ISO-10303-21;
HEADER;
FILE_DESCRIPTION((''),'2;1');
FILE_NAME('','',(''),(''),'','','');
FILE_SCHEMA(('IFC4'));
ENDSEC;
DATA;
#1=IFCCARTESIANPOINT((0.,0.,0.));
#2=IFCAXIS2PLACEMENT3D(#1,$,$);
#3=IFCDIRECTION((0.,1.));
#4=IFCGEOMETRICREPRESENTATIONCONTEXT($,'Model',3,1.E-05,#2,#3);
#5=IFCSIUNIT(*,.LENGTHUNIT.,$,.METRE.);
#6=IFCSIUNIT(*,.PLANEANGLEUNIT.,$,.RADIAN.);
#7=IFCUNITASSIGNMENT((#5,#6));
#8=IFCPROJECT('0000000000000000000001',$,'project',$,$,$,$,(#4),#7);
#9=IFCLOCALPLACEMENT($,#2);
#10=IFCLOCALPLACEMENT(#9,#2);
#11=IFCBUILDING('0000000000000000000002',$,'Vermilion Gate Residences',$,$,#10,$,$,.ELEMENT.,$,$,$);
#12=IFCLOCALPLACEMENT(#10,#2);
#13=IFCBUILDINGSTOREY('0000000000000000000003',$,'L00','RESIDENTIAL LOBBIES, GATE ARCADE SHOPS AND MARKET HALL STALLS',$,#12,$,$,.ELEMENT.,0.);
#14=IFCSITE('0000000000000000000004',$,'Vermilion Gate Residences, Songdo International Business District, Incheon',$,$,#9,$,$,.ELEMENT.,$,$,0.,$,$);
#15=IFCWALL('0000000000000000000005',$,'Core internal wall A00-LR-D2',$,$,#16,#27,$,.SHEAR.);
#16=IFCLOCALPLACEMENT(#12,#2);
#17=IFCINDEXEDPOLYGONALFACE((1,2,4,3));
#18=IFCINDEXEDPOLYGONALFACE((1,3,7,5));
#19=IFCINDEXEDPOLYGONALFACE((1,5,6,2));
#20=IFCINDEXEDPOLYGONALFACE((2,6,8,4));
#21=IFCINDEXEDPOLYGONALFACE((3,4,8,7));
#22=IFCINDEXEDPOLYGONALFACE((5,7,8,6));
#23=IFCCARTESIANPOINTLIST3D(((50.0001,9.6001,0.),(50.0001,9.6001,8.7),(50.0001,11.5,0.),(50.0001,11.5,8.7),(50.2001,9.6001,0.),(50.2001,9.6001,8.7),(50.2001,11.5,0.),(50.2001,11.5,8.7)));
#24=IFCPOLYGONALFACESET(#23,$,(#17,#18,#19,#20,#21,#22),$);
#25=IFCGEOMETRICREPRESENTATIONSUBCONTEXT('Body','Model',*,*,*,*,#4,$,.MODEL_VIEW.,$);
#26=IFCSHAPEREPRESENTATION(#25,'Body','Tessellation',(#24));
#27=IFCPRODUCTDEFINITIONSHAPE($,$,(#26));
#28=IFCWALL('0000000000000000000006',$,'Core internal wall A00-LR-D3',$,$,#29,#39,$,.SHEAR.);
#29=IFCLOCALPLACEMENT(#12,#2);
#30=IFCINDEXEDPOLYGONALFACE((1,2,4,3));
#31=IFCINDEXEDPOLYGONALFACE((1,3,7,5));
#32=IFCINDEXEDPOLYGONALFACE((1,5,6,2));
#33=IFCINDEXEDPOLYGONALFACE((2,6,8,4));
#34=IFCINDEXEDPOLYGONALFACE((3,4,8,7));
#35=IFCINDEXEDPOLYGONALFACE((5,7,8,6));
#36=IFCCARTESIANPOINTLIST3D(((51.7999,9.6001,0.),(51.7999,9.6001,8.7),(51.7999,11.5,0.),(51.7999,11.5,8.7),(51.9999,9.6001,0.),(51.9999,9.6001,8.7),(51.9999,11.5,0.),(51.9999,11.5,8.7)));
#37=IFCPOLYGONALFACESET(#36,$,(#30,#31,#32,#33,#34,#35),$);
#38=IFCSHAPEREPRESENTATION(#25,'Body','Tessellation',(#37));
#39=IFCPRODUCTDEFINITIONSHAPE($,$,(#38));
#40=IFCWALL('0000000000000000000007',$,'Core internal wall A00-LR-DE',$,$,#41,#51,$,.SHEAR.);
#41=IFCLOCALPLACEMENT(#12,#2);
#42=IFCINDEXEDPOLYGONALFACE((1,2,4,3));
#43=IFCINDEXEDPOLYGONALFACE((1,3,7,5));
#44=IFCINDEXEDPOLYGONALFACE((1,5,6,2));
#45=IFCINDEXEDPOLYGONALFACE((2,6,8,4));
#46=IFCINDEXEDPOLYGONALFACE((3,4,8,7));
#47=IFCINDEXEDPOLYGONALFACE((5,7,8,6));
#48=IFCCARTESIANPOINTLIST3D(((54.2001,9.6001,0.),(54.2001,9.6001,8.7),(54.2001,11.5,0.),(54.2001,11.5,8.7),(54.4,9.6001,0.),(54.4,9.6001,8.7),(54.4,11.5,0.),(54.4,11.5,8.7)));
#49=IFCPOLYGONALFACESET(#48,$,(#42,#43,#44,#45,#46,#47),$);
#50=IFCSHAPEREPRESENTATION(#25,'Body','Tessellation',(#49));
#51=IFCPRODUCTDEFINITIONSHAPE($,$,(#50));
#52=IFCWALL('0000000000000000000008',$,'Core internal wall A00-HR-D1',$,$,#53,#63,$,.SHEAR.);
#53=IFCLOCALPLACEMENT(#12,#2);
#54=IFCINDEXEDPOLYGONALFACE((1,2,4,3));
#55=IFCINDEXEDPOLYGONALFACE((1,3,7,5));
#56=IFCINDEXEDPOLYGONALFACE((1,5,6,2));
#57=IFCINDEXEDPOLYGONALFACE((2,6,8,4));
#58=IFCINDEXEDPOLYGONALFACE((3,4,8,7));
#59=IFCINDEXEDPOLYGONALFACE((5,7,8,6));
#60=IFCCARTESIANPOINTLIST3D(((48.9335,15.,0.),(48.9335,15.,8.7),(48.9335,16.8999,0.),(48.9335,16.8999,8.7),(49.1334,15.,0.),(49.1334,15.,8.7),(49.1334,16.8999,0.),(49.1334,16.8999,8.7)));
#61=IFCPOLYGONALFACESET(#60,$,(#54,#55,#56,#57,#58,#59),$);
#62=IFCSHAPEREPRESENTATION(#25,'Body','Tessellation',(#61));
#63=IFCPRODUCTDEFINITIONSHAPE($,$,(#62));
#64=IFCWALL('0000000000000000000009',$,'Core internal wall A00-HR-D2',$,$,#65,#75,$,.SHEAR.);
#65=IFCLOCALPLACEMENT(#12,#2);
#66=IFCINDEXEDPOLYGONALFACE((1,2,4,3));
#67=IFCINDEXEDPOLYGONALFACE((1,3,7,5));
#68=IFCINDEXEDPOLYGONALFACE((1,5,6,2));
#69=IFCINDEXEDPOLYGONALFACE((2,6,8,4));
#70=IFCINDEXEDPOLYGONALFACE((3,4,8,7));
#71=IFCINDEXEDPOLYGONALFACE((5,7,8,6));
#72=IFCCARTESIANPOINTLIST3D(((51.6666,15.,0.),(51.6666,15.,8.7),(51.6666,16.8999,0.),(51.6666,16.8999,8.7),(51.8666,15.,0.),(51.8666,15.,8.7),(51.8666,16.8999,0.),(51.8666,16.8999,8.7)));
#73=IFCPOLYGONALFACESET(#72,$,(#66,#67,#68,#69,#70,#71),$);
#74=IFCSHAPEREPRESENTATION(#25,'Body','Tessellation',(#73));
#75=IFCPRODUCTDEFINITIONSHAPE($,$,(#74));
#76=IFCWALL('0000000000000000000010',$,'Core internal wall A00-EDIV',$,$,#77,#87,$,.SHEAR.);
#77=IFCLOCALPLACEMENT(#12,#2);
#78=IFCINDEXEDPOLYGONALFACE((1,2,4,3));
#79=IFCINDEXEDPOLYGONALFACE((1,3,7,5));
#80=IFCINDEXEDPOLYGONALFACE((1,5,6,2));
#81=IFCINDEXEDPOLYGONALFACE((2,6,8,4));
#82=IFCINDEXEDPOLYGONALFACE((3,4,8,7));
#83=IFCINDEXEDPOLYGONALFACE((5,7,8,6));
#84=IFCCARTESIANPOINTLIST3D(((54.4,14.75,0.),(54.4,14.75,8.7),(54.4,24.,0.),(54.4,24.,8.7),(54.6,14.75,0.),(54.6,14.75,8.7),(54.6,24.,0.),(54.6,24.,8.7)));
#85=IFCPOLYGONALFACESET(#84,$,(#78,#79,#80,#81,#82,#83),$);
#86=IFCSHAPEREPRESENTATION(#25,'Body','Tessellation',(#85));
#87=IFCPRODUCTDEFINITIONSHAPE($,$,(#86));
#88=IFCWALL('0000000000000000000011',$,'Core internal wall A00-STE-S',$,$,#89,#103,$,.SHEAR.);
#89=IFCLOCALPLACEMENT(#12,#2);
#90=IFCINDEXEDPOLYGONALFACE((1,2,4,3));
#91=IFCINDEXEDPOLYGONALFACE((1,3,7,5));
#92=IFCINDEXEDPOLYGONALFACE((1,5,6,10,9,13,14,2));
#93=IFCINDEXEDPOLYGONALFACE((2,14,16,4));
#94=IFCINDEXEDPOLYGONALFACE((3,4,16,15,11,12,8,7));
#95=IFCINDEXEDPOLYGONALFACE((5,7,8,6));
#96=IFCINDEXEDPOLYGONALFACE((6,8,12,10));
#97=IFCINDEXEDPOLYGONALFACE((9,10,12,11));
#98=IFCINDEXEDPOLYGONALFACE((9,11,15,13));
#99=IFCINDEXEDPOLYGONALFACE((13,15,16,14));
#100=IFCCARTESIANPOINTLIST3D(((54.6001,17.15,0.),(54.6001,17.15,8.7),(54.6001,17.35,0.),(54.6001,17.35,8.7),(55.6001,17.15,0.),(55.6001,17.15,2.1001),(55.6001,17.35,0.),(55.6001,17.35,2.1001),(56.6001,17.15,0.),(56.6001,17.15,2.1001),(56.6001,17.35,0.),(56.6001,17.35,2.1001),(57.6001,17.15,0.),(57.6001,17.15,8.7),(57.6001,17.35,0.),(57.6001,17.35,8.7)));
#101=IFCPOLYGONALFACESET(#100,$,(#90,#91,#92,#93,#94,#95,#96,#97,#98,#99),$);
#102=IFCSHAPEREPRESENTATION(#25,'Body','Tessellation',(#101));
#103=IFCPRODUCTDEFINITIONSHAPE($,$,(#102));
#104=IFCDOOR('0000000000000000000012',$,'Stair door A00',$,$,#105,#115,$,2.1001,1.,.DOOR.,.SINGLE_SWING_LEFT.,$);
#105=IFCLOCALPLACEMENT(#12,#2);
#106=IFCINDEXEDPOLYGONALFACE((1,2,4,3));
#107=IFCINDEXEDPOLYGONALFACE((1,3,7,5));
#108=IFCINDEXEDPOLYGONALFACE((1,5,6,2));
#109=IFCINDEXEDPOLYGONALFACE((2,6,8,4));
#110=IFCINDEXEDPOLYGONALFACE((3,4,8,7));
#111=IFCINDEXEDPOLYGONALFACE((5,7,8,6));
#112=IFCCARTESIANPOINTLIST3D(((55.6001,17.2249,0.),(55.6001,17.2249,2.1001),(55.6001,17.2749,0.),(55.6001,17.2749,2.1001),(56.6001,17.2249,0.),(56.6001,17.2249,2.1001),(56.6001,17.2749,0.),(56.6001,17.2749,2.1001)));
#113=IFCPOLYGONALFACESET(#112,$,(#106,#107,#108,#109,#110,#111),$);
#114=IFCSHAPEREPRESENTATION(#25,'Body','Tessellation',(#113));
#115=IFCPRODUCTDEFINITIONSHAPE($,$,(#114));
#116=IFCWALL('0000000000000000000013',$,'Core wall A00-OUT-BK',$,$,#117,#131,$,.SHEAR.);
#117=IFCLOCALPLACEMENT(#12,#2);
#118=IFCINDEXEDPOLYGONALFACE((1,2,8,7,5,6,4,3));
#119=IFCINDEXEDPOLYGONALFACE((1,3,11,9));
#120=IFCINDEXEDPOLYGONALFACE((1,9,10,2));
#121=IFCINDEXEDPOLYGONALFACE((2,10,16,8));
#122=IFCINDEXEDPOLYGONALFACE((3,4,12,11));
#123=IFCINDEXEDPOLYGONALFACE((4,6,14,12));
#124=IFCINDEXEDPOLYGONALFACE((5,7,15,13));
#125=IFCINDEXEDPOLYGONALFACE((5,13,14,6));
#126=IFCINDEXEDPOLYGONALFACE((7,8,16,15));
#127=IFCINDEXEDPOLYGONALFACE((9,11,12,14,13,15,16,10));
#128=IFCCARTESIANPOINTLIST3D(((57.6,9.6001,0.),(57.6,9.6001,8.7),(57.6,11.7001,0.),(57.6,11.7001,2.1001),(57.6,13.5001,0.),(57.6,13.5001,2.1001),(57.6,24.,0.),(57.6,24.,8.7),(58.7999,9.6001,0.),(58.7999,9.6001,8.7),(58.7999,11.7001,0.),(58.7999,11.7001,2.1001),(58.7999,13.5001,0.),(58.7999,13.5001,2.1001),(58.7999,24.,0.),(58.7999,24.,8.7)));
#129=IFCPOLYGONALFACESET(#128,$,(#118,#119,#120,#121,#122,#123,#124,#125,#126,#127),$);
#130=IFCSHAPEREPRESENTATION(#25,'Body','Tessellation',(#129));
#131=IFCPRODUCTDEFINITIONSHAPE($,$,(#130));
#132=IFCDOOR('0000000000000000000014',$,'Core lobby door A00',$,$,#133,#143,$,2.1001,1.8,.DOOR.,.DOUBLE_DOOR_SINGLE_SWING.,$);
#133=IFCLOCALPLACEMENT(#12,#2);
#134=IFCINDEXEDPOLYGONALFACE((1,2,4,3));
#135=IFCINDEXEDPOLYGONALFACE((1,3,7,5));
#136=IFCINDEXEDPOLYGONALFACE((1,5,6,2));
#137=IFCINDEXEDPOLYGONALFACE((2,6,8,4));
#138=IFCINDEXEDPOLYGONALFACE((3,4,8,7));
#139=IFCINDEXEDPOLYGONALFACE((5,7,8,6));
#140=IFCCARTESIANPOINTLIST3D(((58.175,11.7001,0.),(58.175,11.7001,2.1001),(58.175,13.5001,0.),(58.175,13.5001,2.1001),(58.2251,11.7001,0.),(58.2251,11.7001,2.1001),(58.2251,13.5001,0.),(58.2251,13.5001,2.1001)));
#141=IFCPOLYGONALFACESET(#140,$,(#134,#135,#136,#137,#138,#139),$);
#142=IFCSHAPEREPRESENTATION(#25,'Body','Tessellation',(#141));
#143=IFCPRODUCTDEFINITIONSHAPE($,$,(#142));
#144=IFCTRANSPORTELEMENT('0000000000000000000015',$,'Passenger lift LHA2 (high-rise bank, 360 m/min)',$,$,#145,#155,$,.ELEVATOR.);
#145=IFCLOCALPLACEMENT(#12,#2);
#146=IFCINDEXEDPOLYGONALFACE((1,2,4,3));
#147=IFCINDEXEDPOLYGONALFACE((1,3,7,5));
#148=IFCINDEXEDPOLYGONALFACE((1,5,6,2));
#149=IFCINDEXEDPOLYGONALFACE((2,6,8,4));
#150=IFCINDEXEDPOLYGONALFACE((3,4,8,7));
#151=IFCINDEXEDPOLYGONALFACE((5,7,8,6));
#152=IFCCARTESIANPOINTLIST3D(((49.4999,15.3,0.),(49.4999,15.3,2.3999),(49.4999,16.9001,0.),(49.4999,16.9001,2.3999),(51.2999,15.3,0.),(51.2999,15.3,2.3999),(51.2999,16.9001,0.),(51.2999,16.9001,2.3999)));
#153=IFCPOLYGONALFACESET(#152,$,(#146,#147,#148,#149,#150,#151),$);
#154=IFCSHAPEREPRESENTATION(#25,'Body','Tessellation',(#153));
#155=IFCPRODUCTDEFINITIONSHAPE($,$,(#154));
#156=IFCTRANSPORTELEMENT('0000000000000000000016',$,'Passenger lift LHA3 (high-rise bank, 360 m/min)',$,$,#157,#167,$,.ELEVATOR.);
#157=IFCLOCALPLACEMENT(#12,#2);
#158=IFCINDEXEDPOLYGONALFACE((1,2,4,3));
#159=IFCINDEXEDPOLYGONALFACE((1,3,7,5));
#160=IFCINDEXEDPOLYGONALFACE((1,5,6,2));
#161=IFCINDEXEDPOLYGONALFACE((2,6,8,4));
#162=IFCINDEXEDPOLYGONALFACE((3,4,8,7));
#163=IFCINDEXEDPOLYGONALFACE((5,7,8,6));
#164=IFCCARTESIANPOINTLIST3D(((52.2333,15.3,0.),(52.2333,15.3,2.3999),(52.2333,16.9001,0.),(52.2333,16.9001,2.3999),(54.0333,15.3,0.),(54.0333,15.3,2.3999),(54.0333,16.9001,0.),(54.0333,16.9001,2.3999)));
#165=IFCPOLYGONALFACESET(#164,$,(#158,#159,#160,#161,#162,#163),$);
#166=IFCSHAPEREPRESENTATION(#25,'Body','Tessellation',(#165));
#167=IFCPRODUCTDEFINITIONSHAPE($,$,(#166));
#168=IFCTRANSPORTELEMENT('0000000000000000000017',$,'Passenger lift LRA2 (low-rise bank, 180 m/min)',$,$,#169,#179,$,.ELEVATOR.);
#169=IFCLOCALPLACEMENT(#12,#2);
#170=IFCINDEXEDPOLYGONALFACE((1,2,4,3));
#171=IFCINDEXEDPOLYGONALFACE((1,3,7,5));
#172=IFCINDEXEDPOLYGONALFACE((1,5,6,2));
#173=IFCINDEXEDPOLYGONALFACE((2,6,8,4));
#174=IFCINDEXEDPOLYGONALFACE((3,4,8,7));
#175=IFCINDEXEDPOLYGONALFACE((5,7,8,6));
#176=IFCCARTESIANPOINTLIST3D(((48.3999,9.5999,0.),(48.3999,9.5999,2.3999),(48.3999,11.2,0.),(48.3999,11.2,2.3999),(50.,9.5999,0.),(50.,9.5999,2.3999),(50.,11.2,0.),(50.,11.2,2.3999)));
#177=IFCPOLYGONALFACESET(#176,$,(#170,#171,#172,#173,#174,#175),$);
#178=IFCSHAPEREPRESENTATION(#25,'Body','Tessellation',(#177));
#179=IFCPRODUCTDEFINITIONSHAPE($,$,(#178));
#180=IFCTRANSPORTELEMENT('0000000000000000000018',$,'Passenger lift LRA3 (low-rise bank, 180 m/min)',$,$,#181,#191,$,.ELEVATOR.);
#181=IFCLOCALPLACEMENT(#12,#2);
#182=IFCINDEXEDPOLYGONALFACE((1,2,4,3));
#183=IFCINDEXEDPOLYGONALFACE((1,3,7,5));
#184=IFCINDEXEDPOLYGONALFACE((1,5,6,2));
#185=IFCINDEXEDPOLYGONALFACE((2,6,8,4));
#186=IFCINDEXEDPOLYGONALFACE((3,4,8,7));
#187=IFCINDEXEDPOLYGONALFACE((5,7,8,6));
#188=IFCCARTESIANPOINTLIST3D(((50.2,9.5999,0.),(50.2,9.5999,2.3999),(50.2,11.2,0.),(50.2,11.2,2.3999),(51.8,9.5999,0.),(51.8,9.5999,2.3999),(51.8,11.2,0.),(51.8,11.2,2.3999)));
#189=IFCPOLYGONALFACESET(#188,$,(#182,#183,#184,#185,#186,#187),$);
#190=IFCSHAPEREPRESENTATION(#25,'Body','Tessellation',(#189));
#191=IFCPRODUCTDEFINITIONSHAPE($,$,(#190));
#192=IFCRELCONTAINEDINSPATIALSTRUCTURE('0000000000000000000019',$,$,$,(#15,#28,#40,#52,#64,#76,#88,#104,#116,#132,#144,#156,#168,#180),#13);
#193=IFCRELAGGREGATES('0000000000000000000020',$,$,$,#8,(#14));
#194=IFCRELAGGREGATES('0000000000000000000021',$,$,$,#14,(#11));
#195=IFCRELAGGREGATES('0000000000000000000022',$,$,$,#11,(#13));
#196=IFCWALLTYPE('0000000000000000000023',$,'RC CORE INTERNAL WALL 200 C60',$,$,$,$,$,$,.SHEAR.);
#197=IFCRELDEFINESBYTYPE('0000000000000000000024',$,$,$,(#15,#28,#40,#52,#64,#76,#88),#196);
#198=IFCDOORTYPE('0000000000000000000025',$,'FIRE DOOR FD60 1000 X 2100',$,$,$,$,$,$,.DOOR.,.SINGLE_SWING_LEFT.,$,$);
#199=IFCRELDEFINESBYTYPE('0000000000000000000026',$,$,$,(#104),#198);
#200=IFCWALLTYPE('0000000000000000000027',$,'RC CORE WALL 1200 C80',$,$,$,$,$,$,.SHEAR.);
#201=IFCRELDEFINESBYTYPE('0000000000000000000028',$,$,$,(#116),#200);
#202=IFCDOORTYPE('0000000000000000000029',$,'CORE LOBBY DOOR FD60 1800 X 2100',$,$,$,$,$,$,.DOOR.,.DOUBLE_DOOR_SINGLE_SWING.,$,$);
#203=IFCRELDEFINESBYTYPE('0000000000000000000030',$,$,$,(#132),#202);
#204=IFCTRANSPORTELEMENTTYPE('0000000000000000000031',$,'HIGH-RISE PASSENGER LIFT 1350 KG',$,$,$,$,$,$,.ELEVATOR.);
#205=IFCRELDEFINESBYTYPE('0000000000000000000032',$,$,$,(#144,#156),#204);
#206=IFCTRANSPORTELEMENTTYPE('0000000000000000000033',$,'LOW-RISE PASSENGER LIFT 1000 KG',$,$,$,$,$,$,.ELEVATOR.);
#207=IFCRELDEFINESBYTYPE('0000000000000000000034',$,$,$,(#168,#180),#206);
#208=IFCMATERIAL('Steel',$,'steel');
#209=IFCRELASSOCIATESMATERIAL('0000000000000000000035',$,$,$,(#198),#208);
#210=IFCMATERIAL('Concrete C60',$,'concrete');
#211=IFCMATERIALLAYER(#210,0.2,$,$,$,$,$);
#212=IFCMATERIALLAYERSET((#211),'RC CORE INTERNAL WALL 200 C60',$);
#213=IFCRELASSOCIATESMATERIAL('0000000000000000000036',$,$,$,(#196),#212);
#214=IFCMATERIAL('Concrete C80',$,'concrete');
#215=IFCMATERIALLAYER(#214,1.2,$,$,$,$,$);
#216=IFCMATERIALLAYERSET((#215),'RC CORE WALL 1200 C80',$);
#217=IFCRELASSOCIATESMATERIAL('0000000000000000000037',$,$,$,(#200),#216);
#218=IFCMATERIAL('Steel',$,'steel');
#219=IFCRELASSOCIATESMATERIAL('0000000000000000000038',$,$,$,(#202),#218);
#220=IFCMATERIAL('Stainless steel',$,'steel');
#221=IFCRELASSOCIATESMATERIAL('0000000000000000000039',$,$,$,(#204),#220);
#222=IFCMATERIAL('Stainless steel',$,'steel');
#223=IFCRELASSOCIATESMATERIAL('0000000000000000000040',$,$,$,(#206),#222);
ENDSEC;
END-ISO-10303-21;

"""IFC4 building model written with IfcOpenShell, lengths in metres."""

from ifc_helpers import new_model, si_unit, direction, frame, frame_2d, origin, origin_2d, place, context, subcontext, project, spatial, rectangle, extrude, material, layer, layer_set, type_object, element, fill, save


model = new_model("IFC4")

# Units and contexts
model_context = context("Model", 3, precision=1e-05, world=origin(), true_north=direction((0.0, 1.0)))
body_context = subcontext(model_context, "Body", "Model", "MODEL_VIEW")
ifc_project = project(units=[si_unit("LENGTHUNIT", "METRE"), si_unit("PLANEANGLEUNIT", "RADIAN")], contexts=[model_context])

# Site, building, storey
site_placement = place(None, origin())
site = spatial("IfcSite", under=ifc_project, at=site_placement, Name="Vermilion Gate Residences, Songdo International Business District, Incheon", CompositionType="ELEMENT", RefElevation=0.0)
building_placement = place(site_placement, origin())
building = spatial("IfcBuilding", under=site, at=building_placement, Name="Vermilion Gate Residences", CompositionType="ELEMENT")
storey_placement = place(building_placement, origin())
storey = spatial("IfcBuildingStorey", under=building, at=storey_placement, Name="L00", Description="RESIDENTIAL LOBBIES, GATE ARCADE SHOPS AND MARKET HALL STALLS", CompositionType="ELEMENT", Elevation=0.0)

# Shared definitions
ifc_material_1 = material(Name="Steel", Category="steel")
door_type_1 = type_object("IfcDoorType", Name="FIRE DOOR FD60 1000 X 2100", OperationType="SINGLE_SWING_LEFT", PredefinedType="DOOR", material=ifc_material_1)

# Walls
ifc_material_2 = material(Name="Concrete C60", Category="concrete")
ifc_layer_1 = layer(ifc_material_2, 0.2)
ifc_layer_set_1 = layer_set([ifc_layer_1], Name="RC CORE INTERNAL WALL 200 C60")
wall_type_1 = type_object("IfcWallType", Name="RC CORE INTERNAL WALL 200 C60", PredefinedType="SHEAR", material=ifc_layer_set_1)
for number, where, z_axis, x_axis, name in (
    (1, (50.1001, 9.6001, 0.0), (0.0, 0.0, 1.0), (0.0, 1.0, 0.0), "Core internal wall A00-LR-D2"),
    (2, (51.8999, 9.6001, 0.0), (0.0, 0.0, 1.0), (0.0, 1.0, 0.0), "Core internal wall A00-LR-D3"),
    (3, (54.3, 9.6001, 0.0), (0.0, 0.0, 1.0), (0.0, 1.0, 0.0), "Core internal wall A00-LR-DE"),
    (4, (49.0334, 15.0, 0.0), (0.0, 0.0, 1.0), (0.0, 1.0, 0.0), "Core internal wall A00-HR-D1"),
    (5, (51.7666, 15.0, 0.0), (0.0, 0.0, 1.0), (0.0, 1.0, 0.0), "Core internal wall A00-HR-D2"),
):
    element("IfcWall", number, at=place(storey_placement, frame(where, z_axis=z_axis, x_axis=x_axis)), inside=storey, type_object=wall_type_1, Name=name, PredefinedType="SHEAR", context=body_context, shape_type="SweptSolid", body=[
        extrude(rectangle(XDim=1.8999, YDim=0.2, at=frame_2d((0.95, 0.0))), origin(), (0.0, 0.0, 1.0), 8.7),
    ])
wall_1_placement = place(storey_placement, frame((54.5, 14.75, 0.0), z_axis=(0.0, 0.0, 1.0), x_axis=(0.0, 1.0, 0.0)))
element("IfcWall", 6, at=wall_1_placement, inside=storey, type_object=wall_type_1, Name="Core internal wall A00-EDIV", PredefinedType="SHEAR", context=body_context, shape_type="SweptSolid", body=[
    extrude(rectangle(XDim=9.25, YDim=0.2, at=frame_2d((4.625, 0.0))), origin(), (0.0, 0.0, 1.0), 8.7),
])

# Walls, openings, doors
wall_2_placement = place(storey_placement, frame((54.6001, 17.25, 0.0), z_axis=(0.0, 0.0, 1.0), x_axis=(1.0, 0.0, 0.0)))
wall_2 = element("IfcWall", 7, at=wall_2_placement, inside=storey, type_object=wall_type_1, Name="Core internal wall A00-STE-S", PredefinedType="SHEAR", context=body_context, shape_type="SweptSolid", body=[
    extrude(rectangle(XDim=3.0, YDim=0.2, at=frame_2d((1.5, 0.0))), origin(), (0.0, 0.0, 1.0), 8.7),
])
opening_1_placement = place(wall_2_placement, frame((1.0, 0.0, 0.0)))
opening_1 = element("IfcOpeningElement", 8, at=opening_1_placement, cuts=wall_2, PredefinedType="OPENING", context=body_context, shape_type="SweptSolid", body=[
    extrude(rectangle(XDim=1.0, YDim=2.1001, at=frame_2d((0.5, 1.05))), frame((0.0, 0.1099, 0.0), z_axis=(0.0, -1.0, 0.0), x_axis=(1.0, 0.0, 0.0)), (0.0, 0.0, 1.0), 0.22),
])
door_1_placement = place(opening_1_placement, origin())
door_1 = element("IfcDoor", 9, at=door_1_placement, inside=storey, type_object=door_type_1, Name="Stair door A00", OperationType="SINGLE_SWING_LEFT", OverallHeight=2.1001, OverallWidth=1.0, PredefinedType="DOOR", context=body_context, shape_type="SweptSolid", body=[
    extrude(rectangle(XDim=1.0, YDim=2.1001, at=frame_2d((0.5, 1.05))), frame((0.0, 0.0249, 0.0), z_axis=(0.0, -1.0, 0.0), x_axis=(1.0, 0.0, 0.0)), (0.0, 0.0, 1.0), 0.05),
])
fill(opening_1, door_1)
ifc_material_3 = material(Name="Concrete C80", Category="concrete")
ifc_layer_2 = layer(ifc_material_3, 1.2)
ifc_layer_set_2 = layer_set([ifc_layer_2], Name="RC CORE WALL 1200 C80")
wall_type_2 = type_object("IfcWallType", Name="RC CORE WALL 1200 C80", PredefinedType="SHEAR", material=ifc_layer_set_2)
wall_3_placement = place(storey_placement, frame((58.2, 9.6001, 0.0), z_axis=(0.0, 0.0, 1.0), x_axis=(0.0, 1.0, 0.0)))
wall_3 = element("IfcWall", 10, at=wall_3_placement, inside=storey, type_object=wall_type_2, Name="Core wall A00-OUT-BK", PredefinedType="SHEAR", context=body_context, shape_type="SweptSolid", body=[
    extrude(rectangle(XDim=14.3999, YDim=1.2, at=frame_2d((7.2, 0.0))), origin(), (0.0, 0.0, 1.0), 8.7),
])
opening_2_placement = place(wall_3_placement, frame((2.1001, 0.0, 0.0)))
opening_2 = element("IfcOpeningElement", 11, at=opening_2_placement, cuts=wall_3, PredefinedType="OPENING", context=body_context, shape_type="SweptSolid", body=[
    extrude(rectangle(XDim=1.8, YDim=2.1001, at=frame_2d((0.8999, 1.05))), frame((0.0, 0.6099, 0.0), z_axis=(0.0, -1.0, 0.0), x_axis=(1.0, 0.0, 0.0)), (0.0, 0.0, 1.0), 1.22),
])
ifc_material_4 = material(Name="Steel", Category="steel")
door_type_2 = type_object("IfcDoorType", Name="CORE LOBBY DOOR FD60 1800 X 2100", OperationType="DOUBLE_DOOR_SINGLE_SWING", PredefinedType="DOOR", material=ifc_material_4)
door_2_placement = place(opening_2_placement, origin())
door_2 = element("IfcDoor", 12, at=door_2_placement, inside=storey, type_object=door_type_2, Name="Core lobby door A00", OperationType="DOUBLE_DOOR_SINGLE_SWING", OverallHeight=2.1001, OverallWidth=1.8, PredefinedType="DOOR", context=body_context, shape_type="SweptSolid", body=[
    extrude(rectangle(XDim=1.8, YDim=2.1001, at=frame_2d((0.8999, 1.05))), frame((0.0, 0.0249, 0.0), z_axis=(0.0, -1.0, 0.0), x_axis=(1.0, 0.0, 0.0)), (0.0, 0.0, 1.0), 0.05),
])
fill(opening_2, door_2)

# Transport elements
ifc_material_5 = material(Name="Stainless steel", Category="steel")
transport_element_type_1 = type_object("IfcTransportElementType", Name="HIGH-RISE PASSENGER LIFT 1350 KG", PredefinedType="ELEVATOR", material=ifc_material_5)
for number, where, z_axis, x_axis, name in (
    (13, (50.3999, 16.1001, 0.0), (0.0, 0.0, 1.0), (1.0, 0.0, 0.0), "Passenger lift LHA2 (high-rise bank, 360 m/min)"),
    (14, (53.1333, 16.1001, 0.0), (0.0, 0.0, 1.0), (1.0, 0.0, 0.0), "Passenger lift LHA3 (high-rise bank, 360 m/min)"),
):
    element("IfcTransportElement", number, at=place(storey_placement, frame(where, z_axis=z_axis, x_axis=x_axis)), inside=storey, type_object=transport_element_type_1, Name=name, PredefinedType="ELEVATOR", context=body_context, shape_type="SweptSolid", body=[
        extrude(rectangle(XDim=1.8, YDim=1.6001, at=origin_2d()), origin(), (0.0, 0.0, 1.0), 2.3999),
    ])
ifc_material_6 = material(Name="Stainless steel", Category="steel")
transport_element_type_2 = type_object("IfcTransportElementType", Name="LOW-RISE PASSENGER LIFT 1000 KG", PredefinedType="ELEVATOR", material=ifc_material_6)
for number, where, z_axis, x_axis, name in (
    (15, (49.2, 10.3999, 0.0), (0.0, 0.0, 1.0), (1.0, 0.0, 0.0), "Passenger lift LRA2 (low-rise bank, 180 m/min)"),
    (16, (51.0, 10.3999, 0.0), (0.0, 0.0, 1.0), (1.0, 0.0, 0.0), "Passenger lift LRA3 (low-rise bank, 180 m/min)"),
):
    element("IfcTransportElement", number, at=place(storey_placement, frame(where, z_axis=z_axis, x_axis=x_axis)), inside=storey, type_object=transport_element_type_2, Name=name, PredefinedType="ELEVATOR", context=body_context, shape_type="SweptSolid", body=[
        extrude(rectangle(XDim=1.6001, YDim=1.6001, at=origin_2d()), origin(), (0.0, 0.0, 1.0), 2.3999),
    ])

save(model, "model.ifc")
